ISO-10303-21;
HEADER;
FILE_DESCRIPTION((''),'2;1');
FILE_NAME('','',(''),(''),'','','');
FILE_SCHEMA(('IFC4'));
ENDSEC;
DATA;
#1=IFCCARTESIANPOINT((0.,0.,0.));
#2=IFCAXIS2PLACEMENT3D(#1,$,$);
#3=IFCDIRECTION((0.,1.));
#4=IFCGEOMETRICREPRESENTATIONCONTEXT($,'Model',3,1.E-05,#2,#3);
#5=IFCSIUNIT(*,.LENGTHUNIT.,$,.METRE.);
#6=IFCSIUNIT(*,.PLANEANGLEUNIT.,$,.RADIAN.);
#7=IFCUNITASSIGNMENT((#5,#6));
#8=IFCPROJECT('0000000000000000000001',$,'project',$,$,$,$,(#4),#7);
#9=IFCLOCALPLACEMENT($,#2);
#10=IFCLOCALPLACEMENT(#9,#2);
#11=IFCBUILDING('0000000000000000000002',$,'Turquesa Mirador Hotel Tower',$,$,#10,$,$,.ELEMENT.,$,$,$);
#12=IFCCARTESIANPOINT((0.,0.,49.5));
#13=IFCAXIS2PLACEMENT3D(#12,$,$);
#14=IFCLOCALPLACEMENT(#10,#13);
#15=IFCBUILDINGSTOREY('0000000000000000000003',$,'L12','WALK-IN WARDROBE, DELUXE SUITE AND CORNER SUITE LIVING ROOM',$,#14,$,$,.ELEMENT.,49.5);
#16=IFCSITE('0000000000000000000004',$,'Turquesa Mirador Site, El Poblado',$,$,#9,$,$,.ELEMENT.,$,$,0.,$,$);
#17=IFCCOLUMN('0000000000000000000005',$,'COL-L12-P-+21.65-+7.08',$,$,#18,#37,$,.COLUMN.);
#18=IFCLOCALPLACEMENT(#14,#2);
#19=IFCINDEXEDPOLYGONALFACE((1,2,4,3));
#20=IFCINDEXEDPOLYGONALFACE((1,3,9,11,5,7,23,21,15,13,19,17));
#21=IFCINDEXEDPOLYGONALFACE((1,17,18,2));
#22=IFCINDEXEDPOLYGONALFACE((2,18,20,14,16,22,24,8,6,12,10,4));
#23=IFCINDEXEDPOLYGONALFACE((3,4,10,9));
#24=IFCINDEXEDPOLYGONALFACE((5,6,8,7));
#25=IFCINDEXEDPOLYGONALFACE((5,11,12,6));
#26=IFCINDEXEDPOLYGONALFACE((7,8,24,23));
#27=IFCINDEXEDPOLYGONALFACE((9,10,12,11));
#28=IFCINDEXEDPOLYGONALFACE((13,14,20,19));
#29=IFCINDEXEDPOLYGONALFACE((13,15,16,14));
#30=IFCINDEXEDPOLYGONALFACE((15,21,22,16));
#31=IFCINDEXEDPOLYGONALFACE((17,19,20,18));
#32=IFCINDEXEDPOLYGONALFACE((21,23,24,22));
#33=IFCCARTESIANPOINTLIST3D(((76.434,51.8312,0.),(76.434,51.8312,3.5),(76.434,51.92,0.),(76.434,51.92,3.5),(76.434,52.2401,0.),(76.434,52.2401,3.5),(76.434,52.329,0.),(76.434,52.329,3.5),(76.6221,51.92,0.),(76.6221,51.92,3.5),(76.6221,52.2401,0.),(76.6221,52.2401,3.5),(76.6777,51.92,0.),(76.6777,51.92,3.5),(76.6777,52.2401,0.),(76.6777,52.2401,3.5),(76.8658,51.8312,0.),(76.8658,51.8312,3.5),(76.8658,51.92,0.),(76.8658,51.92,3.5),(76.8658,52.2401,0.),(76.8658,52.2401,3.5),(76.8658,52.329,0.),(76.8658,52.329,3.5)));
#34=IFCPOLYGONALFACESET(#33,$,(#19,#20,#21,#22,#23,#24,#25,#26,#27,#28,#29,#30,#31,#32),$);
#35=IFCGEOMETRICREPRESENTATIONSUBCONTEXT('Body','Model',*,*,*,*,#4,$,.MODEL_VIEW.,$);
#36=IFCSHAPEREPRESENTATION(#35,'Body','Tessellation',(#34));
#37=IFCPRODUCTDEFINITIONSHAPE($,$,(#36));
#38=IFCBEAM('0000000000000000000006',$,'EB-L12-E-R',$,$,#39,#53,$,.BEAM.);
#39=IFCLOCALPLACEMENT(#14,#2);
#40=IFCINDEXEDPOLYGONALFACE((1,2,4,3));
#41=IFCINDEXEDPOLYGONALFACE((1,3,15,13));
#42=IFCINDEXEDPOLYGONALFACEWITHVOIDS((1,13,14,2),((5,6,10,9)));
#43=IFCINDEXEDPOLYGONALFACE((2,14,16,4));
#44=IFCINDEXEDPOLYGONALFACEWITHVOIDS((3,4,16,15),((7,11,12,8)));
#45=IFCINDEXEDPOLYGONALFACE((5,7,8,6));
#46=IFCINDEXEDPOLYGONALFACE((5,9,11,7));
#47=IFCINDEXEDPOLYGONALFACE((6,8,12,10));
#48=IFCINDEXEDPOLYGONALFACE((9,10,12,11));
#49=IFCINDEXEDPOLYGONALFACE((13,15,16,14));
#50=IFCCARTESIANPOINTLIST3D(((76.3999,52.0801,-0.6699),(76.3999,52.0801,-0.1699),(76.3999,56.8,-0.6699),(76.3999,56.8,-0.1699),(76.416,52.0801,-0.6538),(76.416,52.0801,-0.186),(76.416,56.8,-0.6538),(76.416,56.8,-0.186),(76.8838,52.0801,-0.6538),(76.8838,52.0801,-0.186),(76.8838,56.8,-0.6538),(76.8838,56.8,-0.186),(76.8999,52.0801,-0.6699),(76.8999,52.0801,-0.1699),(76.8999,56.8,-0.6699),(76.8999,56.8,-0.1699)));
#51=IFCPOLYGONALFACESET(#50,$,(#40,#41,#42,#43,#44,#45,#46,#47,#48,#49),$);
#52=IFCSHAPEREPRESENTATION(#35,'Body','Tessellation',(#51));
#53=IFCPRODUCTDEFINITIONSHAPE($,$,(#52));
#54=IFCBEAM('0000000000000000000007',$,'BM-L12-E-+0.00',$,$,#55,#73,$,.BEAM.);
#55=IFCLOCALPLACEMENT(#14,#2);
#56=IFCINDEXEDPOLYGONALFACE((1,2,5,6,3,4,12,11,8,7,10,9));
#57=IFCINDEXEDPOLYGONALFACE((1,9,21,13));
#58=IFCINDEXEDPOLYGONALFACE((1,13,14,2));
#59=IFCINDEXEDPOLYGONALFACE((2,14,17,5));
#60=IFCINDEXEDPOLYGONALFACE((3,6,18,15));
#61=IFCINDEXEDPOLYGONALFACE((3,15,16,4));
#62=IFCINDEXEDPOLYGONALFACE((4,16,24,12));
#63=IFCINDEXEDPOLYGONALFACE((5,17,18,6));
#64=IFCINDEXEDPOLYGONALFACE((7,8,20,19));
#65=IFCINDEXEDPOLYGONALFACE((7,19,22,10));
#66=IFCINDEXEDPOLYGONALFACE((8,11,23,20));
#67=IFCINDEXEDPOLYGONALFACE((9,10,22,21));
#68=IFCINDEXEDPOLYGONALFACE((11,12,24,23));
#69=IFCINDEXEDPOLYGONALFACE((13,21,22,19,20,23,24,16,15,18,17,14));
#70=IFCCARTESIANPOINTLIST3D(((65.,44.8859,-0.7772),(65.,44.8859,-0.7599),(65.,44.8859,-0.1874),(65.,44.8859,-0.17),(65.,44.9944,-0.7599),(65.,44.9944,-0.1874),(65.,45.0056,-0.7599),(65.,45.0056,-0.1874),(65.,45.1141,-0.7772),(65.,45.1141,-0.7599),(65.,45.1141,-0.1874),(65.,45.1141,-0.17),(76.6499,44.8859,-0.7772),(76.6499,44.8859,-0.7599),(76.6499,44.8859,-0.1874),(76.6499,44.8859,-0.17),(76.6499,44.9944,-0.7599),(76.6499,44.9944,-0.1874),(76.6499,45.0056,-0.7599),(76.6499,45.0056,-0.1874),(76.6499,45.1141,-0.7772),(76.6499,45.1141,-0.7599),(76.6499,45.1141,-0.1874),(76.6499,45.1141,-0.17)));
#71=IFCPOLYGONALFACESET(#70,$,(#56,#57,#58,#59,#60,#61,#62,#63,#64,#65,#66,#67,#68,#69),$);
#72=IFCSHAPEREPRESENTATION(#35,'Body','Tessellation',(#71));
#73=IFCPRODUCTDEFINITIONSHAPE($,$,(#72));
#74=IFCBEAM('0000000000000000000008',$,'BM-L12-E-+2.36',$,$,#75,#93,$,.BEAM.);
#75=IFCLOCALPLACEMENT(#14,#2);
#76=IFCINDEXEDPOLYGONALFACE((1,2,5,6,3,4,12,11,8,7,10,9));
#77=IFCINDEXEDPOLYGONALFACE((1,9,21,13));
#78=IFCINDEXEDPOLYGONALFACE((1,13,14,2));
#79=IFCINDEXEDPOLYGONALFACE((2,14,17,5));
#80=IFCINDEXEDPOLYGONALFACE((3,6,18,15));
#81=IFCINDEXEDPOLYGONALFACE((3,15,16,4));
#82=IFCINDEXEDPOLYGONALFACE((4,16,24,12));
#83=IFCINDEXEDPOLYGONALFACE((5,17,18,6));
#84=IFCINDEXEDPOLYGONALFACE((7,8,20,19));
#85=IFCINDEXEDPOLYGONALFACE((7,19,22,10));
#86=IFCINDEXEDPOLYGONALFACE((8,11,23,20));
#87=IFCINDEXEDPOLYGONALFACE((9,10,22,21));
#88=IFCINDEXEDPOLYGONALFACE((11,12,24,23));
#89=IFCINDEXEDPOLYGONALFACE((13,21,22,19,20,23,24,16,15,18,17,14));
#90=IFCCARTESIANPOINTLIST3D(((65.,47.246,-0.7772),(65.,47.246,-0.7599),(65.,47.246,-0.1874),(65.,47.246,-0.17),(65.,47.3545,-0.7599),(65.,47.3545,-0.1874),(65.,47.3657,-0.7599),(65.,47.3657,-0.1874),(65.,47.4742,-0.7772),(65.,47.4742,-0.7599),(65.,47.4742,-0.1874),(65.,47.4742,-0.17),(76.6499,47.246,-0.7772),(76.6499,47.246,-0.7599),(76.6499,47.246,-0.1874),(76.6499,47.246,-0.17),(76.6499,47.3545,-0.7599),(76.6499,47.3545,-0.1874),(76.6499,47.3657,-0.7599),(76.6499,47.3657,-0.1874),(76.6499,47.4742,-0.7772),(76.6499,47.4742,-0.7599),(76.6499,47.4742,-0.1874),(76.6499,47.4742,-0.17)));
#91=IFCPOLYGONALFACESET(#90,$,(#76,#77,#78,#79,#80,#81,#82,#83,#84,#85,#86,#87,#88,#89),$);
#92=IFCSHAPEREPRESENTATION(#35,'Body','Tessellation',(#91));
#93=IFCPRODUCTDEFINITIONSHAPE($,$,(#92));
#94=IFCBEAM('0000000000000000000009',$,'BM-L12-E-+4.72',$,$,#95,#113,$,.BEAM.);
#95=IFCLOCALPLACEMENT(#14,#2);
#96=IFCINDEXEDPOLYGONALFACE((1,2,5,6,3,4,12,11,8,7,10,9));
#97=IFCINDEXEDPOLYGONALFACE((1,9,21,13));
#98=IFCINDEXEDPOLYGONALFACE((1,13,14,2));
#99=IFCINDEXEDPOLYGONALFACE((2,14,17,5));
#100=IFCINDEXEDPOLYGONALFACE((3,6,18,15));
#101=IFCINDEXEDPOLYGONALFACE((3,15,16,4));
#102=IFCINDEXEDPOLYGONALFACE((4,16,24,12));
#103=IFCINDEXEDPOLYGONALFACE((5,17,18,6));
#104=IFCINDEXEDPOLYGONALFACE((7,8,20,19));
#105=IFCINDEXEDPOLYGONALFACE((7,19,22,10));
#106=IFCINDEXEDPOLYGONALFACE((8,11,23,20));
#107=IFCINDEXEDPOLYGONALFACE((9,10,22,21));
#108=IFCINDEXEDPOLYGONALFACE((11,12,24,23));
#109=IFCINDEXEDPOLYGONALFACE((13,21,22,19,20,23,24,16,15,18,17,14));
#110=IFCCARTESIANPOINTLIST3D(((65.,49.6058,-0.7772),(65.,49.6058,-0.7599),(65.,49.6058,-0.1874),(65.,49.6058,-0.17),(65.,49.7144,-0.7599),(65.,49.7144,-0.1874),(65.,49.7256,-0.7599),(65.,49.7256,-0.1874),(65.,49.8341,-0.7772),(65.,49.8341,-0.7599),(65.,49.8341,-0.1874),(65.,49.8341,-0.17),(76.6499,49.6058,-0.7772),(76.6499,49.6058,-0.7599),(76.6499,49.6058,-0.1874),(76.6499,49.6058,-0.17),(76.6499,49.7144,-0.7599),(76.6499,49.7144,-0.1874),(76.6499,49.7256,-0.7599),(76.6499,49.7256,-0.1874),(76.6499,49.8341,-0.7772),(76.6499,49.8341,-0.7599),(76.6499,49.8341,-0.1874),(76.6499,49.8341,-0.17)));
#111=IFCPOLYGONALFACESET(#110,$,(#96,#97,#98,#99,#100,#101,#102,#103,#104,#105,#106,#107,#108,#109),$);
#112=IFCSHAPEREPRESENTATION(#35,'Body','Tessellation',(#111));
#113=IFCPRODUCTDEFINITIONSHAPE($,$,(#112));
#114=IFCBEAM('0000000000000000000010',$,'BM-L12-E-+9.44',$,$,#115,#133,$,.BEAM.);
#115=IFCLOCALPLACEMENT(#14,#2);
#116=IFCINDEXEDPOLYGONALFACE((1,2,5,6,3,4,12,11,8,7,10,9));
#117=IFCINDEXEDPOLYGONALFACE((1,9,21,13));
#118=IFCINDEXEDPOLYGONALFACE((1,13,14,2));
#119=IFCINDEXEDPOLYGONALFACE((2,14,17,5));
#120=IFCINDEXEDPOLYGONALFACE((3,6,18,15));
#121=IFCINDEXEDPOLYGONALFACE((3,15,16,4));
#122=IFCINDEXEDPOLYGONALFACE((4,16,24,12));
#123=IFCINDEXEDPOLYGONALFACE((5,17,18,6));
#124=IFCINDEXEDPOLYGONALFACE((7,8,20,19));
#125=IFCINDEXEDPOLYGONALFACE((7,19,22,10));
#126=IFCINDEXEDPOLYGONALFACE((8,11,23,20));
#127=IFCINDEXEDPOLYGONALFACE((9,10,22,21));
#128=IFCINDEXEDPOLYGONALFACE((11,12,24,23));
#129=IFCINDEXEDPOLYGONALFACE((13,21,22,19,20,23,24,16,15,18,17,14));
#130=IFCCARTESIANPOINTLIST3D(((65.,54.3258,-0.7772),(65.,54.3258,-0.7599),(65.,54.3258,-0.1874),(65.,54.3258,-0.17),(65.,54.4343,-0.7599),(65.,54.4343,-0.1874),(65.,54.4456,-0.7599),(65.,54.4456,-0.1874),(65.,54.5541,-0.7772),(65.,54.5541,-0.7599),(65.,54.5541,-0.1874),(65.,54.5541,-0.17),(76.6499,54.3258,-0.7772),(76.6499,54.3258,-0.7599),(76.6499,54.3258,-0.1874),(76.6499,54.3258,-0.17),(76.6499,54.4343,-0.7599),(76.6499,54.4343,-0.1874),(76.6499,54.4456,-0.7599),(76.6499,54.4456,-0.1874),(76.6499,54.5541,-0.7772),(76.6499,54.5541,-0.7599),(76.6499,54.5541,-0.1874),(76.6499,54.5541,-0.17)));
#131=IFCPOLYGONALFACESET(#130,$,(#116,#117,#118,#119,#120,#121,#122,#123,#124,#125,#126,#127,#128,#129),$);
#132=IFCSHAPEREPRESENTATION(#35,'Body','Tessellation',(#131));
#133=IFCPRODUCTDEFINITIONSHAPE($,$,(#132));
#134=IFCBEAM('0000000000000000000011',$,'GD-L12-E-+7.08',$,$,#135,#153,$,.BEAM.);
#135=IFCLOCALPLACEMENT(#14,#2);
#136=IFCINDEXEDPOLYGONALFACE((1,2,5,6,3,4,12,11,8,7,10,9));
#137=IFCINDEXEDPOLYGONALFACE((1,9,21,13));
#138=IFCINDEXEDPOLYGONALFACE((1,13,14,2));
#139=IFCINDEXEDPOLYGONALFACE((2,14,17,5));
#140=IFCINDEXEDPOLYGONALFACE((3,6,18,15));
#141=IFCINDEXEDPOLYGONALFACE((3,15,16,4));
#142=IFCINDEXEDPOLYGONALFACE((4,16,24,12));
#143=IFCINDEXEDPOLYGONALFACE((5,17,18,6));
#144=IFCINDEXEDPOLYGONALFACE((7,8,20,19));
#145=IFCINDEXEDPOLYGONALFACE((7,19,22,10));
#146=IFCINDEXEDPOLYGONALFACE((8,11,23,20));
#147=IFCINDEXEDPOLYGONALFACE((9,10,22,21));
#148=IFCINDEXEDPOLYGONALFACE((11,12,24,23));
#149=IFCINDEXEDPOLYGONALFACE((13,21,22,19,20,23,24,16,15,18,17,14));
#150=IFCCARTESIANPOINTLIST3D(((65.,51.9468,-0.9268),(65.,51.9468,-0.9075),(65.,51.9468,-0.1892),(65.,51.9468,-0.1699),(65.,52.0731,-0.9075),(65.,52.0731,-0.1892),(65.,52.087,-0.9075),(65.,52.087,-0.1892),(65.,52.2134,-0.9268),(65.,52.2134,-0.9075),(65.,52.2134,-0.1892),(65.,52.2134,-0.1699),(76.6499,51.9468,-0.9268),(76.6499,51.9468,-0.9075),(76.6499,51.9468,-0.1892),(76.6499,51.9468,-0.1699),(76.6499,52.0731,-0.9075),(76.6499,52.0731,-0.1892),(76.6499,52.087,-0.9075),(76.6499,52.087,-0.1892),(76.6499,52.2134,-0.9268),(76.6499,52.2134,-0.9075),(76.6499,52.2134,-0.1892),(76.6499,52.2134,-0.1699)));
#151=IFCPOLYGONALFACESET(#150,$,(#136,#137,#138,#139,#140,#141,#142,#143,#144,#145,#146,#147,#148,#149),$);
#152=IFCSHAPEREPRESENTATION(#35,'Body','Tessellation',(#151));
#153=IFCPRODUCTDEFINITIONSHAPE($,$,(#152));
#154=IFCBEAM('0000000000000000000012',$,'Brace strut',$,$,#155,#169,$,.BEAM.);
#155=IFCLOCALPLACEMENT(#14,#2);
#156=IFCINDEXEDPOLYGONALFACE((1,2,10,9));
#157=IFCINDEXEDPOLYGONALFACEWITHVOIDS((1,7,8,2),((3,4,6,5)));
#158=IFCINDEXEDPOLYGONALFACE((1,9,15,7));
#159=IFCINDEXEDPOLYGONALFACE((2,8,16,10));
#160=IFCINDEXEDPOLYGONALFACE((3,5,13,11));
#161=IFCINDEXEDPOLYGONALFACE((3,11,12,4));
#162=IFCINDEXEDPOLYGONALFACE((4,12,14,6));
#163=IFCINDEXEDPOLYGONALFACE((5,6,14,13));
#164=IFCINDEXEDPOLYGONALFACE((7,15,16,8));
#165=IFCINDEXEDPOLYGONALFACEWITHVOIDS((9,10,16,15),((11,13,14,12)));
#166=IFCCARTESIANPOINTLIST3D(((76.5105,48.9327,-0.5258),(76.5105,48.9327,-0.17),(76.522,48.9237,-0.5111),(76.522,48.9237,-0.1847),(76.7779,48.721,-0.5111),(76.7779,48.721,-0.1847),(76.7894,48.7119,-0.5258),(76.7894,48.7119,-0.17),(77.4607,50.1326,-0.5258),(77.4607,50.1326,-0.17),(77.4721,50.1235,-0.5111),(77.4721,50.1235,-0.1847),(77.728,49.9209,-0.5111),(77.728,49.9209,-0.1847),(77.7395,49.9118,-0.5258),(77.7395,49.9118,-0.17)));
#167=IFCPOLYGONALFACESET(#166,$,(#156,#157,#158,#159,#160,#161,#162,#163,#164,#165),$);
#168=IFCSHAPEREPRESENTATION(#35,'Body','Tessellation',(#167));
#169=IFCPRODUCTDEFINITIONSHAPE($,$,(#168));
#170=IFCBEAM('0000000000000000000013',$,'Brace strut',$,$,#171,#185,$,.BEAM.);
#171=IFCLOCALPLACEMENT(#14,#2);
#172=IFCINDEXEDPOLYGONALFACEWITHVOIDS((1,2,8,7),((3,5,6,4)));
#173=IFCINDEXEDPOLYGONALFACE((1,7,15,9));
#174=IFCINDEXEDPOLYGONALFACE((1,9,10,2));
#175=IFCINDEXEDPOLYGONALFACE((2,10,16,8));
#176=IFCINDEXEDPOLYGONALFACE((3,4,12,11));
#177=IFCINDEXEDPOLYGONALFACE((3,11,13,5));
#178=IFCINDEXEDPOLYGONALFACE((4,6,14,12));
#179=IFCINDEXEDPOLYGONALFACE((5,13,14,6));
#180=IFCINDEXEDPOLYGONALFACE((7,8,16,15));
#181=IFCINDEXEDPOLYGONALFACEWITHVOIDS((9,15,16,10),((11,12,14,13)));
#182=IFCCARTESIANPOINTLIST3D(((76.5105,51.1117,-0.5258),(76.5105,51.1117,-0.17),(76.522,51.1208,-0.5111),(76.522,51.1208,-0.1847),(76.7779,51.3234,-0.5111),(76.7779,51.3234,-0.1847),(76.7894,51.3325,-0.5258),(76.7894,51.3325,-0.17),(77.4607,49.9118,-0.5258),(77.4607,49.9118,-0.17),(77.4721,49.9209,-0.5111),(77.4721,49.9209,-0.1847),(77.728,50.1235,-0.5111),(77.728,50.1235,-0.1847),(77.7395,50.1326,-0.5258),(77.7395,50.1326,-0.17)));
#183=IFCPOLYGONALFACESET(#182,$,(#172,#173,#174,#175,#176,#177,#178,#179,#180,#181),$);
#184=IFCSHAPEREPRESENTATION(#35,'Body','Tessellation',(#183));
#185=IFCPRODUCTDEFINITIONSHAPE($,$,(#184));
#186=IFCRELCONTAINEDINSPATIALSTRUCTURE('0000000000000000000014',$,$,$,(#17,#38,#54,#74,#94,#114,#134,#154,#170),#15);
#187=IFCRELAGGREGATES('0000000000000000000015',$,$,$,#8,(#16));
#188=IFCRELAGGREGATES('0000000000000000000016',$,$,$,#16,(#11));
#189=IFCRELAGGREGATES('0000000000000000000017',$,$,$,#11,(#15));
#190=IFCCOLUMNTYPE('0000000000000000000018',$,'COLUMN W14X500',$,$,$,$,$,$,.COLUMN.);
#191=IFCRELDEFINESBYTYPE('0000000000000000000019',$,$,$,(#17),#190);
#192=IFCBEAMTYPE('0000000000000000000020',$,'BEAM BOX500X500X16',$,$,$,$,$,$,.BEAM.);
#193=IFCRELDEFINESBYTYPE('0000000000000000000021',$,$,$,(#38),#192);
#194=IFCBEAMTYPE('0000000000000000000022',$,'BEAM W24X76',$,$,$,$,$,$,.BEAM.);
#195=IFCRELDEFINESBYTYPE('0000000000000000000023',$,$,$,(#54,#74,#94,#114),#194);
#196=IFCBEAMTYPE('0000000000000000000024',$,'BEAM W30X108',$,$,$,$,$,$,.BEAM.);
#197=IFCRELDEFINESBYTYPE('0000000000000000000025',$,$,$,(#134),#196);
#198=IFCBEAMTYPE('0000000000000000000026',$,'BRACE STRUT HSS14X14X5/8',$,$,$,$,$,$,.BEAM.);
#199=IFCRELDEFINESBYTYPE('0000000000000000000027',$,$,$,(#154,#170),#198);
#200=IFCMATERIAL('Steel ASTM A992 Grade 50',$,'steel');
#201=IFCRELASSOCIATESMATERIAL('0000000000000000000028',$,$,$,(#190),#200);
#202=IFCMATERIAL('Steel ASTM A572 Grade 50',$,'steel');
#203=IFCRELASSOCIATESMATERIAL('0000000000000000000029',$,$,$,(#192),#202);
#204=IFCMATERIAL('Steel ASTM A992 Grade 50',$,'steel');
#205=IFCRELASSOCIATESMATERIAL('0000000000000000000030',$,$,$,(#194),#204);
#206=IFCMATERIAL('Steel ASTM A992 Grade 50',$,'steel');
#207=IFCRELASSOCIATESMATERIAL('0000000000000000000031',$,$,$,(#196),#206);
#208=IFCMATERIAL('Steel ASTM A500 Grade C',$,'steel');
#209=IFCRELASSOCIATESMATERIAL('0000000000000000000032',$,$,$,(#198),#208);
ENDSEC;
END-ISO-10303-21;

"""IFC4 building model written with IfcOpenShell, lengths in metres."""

from ifc_helpers import new_model, si_unit, direction, frame, origin, origin_2d, place, context, subcontext, project, spatial, hollow_rectangle, i_section, extrude, material, material_profile, profile_set, type_object, element, save


model = new_model("IFC4")

# Units and contexts
model_context = context("Model", 3, precision=1e-05, world=origin(), true_north=direction((0.0, 1.0)))
body_context = subcontext(model_context, "Body", "Model", "MODEL_VIEW")
ifc_project = project(units=[si_unit("LENGTHUNIT", "METRE"), si_unit("PLANEANGLEUNIT", "RADIAN")], contexts=[model_context])

# Site, building, storey
site_placement = place(None, origin())
site = spatial("IfcSite", under=ifc_project, at=site_placement, Name="Turquesa Mirador Site, El Poblado", CompositionType="ELEMENT", RefElevation=0.0)
building_placement = place(site_placement, origin())
building = spatial("IfcBuilding", under=site, at=building_placement, Name="Turquesa Mirador Hotel Tower", CompositionType="ELEMENT")
storey_placement = place(building_placement, frame((0.0, 0.0, 49.5)))
storey = spatial("IfcBuildingStorey", under=building, at=storey_placement, Name="L12", Description="WALK-IN WARDROBE, DELUXE SUITE AND CORNER SUITE LIVING ROOM", CompositionType="ELEMENT", Elevation=49.5)

# Column
ifc_material_1 = material(Name="Steel ASTM A992 Grade 50", Category="steel")
ifc_material_profile_1 = material_profile(ifc_material_1, i_section(OverallWidth=0.4319, OverallDepth=0.4978, WebThickness=0.0557, FlangeThickness=0.0889, at=origin_2d()), Name="W14X500")
ifc_profile_set_1 = profile_set([ifc_material_profile_1], Name="Steel ASTM A992 Grade 50")
column_type = type_object("IfcColumnType", Name="COLUMN W14X500", PredefinedType="COLUMN", material=ifc_profile_set_1)
column_placement = place(storey_placement, frame((76.6499, 52.0801, 0.0), z_axis=(0.0, 0.0, 1.0), x_axis=(1.0, 0.0, 0.0)))
element("IfcColumn", 1, at=column_placement, inside=storey, type_object=column_type, Name="COL-L12-P-+21.65-+7.08", PredefinedType="COLUMN", context=body_context, shape_type="SweptSolid", body=[
    extrude(i_section(OverallWidth=0.4319, OverallDepth=0.4978, WebThickness=0.0557, FlangeThickness=0.0889, at=origin_2d()), origin(), (0.0, 0.0, 1.0), 3.5),
])

# Beams
ifc_material_2 = material(Name="Steel ASTM A572 Grade 50", Category="steel")
ifc_material_profile_2 = material_profile(ifc_material_2, hollow_rectangle(XDim=0.5, YDim=0.5, WallThickness=0.0161, at=origin_2d()), Name="BOX500X500X16")
ifc_profile_set_2 = profile_set([ifc_material_profile_2], Name="Steel ASTM A572 Grade 50")
beam_type_1 = type_object("IfcBeamType", Name="BEAM BOX500X500X16", PredefinedType="BEAM", material=ifc_profile_set_2)
beam_1_placement = place(storey_placement, frame((76.6499, 52.0801, -0.4199), z_axis=(0.0, 1.0, 0.0), x_axis=(-1.0, 0.0, 0.0)))
element("IfcBeam", 2, at=beam_1_placement, inside=storey, type_object=beam_type_1, Name="EB-L12-E-R", PredefinedType="BEAM", context=body_context, shape_type="SweptSolid", body=[
    extrude(hollow_rectangle(XDim=0.5, YDim=0.5, WallThickness=0.0161, at=origin_2d()), origin(), (0.0, 0.0, 1.0), 4.72),
])
ifc_material_3 = material(Name="Steel ASTM A992 Grade 50", Category="steel")
ifc_material_profile_3 = material_profile(ifc_material_3, i_section(OverallWidth=0.2283, OverallDepth=0.6072, WebThickness=0.0112, FlangeThickness=0.0173, at=origin_2d()), Name="W24X76")
ifc_profile_set_3 = profile_set([ifc_material_profile_3], Name="Steel ASTM A992 Grade 50")
beam_type_2 = type_object("IfcBeamType", Name="BEAM W24X76", PredefinedType="BEAM", material=ifc_profile_set_3)
for number, where, z_axis, x_axis, name in (
    (3, (76.6499, 45.0, -0.4736), (-1.0, 0.0, 0.0), (0.0, -1.0, 0.0), "BM-L12-E-+0.00"),
    (4, (76.6499, 47.3601, -0.4736), (-1.0, 0.0, 0.0), (0.0, -1.0, 0.0), "BM-L12-E-+2.36"),
    (5, (76.6499, 49.72, -0.4736), (-1.0, 0.0, 0.0), (0.0, -1.0, 0.0), "BM-L12-E-+4.72"),
    (6, (76.6499, 54.4399, -0.4736), (-1.0, 0.0, 0.0), (0.0, -1.0, 0.0), "BM-L12-E-+9.44"),
):
    element("IfcBeam", number, at=place(storey_placement, frame(where, z_axis=z_axis, x_axis=x_axis)), inside=storey, type_object=beam_type_2, Name=name, PredefinedType="BEAM", context=body_context, shape_type="SweptSolid", body=[
        extrude(i_section(OverallWidth=0.2283, OverallDepth=0.6072, WebThickness=0.0112, FlangeThickness=0.0173, at=origin_2d()), origin(), (0.0, 0.0, 1.0), 11.6499),
    ])
ifc_material_4 = material(Name="Steel ASTM A992 Grade 50", Category="steel")
ifc_material_profile_4 = material_profile(ifc_material_4, i_section(OverallWidth=0.2666, OverallDepth=0.7568, WebThickness=0.0139, FlangeThickness=0.0193, at=origin_2d()), Name="W30X108")
ifc_profile_set_4 = profile_set([ifc_material_profile_4], Name="Steel ASTM A992 Grade 50")
beam_type_3 = type_object("IfcBeamType", Name="BEAM W30X108", PredefinedType="BEAM", material=ifc_profile_set_4)
beam_2_placement = place(storey_placement, frame((76.6499, 52.0801, -0.5483), z_axis=(-1.0, 0.0, 0.0), x_axis=(0.0, -1.0, 0.0)))
element("IfcBeam", 7, at=beam_2_placement, inside=storey, type_object=beam_type_3, Name="GD-L12-E-+7.08", PredefinedType="BEAM", context=body_context, shape_type="SweptSolid", body=[
    extrude(i_section(OverallWidth=0.2666, OverallDepth=0.7568, WebThickness=0.0139, FlangeThickness=0.0193, at=origin_2d()), origin(), (0.0, 0.0, 1.0), 11.6499),
])
ifc_material_5 = material(Name="Steel ASTM A500 Grade C", Category="steel")
ifc_material_profile_5 = material_profile(ifc_material_5, hollow_rectangle(XDim=0.3557, YDim=0.3557, WallThickness=0.0146, at=origin_2d()), Name="HSS14X14X5/8")
ifc_profile_set_5 = profile_set([ifc_material_profile_5], Name="Steel ASTM A500 Grade C")
beam_type_4 = type_object("IfcBeamType", Name="BRACE STRUT HSS14X14X5/8", PredefinedType="BEAM", material=ifc_profile_set_5)
for number, where, z_axis, x_axis, name in (
    (8, (77.6001, 50.0222, -0.3479), (-0.620797, -0.783971, 0.0), (0.783971, -0.620797, 0.0), "Brace strut"),
    (9, (77.6001, 50.0222, -0.3479), (-0.620797, 0.783971, 0.0), (-0.783971, -0.620797, 0.0), "Brace strut"),
):
    element("IfcBeam", number, at=place(storey_placement, frame(where, z_axis=z_axis, x_axis=x_axis)), inside=storey, type_object=beam_type_4, Name=name, PredefinedType="BEAM", context=body_context, shape_type="SweptSolid", body=[
        extrude(hollow_rectangle(XDim=0.3557, YDim=0.3557, WallThickness=0.0146, at=origin_2d()), origin(), (0.0, 0.0, 1.0), 1.5305),
    ])

save(model, "model.ifc")
